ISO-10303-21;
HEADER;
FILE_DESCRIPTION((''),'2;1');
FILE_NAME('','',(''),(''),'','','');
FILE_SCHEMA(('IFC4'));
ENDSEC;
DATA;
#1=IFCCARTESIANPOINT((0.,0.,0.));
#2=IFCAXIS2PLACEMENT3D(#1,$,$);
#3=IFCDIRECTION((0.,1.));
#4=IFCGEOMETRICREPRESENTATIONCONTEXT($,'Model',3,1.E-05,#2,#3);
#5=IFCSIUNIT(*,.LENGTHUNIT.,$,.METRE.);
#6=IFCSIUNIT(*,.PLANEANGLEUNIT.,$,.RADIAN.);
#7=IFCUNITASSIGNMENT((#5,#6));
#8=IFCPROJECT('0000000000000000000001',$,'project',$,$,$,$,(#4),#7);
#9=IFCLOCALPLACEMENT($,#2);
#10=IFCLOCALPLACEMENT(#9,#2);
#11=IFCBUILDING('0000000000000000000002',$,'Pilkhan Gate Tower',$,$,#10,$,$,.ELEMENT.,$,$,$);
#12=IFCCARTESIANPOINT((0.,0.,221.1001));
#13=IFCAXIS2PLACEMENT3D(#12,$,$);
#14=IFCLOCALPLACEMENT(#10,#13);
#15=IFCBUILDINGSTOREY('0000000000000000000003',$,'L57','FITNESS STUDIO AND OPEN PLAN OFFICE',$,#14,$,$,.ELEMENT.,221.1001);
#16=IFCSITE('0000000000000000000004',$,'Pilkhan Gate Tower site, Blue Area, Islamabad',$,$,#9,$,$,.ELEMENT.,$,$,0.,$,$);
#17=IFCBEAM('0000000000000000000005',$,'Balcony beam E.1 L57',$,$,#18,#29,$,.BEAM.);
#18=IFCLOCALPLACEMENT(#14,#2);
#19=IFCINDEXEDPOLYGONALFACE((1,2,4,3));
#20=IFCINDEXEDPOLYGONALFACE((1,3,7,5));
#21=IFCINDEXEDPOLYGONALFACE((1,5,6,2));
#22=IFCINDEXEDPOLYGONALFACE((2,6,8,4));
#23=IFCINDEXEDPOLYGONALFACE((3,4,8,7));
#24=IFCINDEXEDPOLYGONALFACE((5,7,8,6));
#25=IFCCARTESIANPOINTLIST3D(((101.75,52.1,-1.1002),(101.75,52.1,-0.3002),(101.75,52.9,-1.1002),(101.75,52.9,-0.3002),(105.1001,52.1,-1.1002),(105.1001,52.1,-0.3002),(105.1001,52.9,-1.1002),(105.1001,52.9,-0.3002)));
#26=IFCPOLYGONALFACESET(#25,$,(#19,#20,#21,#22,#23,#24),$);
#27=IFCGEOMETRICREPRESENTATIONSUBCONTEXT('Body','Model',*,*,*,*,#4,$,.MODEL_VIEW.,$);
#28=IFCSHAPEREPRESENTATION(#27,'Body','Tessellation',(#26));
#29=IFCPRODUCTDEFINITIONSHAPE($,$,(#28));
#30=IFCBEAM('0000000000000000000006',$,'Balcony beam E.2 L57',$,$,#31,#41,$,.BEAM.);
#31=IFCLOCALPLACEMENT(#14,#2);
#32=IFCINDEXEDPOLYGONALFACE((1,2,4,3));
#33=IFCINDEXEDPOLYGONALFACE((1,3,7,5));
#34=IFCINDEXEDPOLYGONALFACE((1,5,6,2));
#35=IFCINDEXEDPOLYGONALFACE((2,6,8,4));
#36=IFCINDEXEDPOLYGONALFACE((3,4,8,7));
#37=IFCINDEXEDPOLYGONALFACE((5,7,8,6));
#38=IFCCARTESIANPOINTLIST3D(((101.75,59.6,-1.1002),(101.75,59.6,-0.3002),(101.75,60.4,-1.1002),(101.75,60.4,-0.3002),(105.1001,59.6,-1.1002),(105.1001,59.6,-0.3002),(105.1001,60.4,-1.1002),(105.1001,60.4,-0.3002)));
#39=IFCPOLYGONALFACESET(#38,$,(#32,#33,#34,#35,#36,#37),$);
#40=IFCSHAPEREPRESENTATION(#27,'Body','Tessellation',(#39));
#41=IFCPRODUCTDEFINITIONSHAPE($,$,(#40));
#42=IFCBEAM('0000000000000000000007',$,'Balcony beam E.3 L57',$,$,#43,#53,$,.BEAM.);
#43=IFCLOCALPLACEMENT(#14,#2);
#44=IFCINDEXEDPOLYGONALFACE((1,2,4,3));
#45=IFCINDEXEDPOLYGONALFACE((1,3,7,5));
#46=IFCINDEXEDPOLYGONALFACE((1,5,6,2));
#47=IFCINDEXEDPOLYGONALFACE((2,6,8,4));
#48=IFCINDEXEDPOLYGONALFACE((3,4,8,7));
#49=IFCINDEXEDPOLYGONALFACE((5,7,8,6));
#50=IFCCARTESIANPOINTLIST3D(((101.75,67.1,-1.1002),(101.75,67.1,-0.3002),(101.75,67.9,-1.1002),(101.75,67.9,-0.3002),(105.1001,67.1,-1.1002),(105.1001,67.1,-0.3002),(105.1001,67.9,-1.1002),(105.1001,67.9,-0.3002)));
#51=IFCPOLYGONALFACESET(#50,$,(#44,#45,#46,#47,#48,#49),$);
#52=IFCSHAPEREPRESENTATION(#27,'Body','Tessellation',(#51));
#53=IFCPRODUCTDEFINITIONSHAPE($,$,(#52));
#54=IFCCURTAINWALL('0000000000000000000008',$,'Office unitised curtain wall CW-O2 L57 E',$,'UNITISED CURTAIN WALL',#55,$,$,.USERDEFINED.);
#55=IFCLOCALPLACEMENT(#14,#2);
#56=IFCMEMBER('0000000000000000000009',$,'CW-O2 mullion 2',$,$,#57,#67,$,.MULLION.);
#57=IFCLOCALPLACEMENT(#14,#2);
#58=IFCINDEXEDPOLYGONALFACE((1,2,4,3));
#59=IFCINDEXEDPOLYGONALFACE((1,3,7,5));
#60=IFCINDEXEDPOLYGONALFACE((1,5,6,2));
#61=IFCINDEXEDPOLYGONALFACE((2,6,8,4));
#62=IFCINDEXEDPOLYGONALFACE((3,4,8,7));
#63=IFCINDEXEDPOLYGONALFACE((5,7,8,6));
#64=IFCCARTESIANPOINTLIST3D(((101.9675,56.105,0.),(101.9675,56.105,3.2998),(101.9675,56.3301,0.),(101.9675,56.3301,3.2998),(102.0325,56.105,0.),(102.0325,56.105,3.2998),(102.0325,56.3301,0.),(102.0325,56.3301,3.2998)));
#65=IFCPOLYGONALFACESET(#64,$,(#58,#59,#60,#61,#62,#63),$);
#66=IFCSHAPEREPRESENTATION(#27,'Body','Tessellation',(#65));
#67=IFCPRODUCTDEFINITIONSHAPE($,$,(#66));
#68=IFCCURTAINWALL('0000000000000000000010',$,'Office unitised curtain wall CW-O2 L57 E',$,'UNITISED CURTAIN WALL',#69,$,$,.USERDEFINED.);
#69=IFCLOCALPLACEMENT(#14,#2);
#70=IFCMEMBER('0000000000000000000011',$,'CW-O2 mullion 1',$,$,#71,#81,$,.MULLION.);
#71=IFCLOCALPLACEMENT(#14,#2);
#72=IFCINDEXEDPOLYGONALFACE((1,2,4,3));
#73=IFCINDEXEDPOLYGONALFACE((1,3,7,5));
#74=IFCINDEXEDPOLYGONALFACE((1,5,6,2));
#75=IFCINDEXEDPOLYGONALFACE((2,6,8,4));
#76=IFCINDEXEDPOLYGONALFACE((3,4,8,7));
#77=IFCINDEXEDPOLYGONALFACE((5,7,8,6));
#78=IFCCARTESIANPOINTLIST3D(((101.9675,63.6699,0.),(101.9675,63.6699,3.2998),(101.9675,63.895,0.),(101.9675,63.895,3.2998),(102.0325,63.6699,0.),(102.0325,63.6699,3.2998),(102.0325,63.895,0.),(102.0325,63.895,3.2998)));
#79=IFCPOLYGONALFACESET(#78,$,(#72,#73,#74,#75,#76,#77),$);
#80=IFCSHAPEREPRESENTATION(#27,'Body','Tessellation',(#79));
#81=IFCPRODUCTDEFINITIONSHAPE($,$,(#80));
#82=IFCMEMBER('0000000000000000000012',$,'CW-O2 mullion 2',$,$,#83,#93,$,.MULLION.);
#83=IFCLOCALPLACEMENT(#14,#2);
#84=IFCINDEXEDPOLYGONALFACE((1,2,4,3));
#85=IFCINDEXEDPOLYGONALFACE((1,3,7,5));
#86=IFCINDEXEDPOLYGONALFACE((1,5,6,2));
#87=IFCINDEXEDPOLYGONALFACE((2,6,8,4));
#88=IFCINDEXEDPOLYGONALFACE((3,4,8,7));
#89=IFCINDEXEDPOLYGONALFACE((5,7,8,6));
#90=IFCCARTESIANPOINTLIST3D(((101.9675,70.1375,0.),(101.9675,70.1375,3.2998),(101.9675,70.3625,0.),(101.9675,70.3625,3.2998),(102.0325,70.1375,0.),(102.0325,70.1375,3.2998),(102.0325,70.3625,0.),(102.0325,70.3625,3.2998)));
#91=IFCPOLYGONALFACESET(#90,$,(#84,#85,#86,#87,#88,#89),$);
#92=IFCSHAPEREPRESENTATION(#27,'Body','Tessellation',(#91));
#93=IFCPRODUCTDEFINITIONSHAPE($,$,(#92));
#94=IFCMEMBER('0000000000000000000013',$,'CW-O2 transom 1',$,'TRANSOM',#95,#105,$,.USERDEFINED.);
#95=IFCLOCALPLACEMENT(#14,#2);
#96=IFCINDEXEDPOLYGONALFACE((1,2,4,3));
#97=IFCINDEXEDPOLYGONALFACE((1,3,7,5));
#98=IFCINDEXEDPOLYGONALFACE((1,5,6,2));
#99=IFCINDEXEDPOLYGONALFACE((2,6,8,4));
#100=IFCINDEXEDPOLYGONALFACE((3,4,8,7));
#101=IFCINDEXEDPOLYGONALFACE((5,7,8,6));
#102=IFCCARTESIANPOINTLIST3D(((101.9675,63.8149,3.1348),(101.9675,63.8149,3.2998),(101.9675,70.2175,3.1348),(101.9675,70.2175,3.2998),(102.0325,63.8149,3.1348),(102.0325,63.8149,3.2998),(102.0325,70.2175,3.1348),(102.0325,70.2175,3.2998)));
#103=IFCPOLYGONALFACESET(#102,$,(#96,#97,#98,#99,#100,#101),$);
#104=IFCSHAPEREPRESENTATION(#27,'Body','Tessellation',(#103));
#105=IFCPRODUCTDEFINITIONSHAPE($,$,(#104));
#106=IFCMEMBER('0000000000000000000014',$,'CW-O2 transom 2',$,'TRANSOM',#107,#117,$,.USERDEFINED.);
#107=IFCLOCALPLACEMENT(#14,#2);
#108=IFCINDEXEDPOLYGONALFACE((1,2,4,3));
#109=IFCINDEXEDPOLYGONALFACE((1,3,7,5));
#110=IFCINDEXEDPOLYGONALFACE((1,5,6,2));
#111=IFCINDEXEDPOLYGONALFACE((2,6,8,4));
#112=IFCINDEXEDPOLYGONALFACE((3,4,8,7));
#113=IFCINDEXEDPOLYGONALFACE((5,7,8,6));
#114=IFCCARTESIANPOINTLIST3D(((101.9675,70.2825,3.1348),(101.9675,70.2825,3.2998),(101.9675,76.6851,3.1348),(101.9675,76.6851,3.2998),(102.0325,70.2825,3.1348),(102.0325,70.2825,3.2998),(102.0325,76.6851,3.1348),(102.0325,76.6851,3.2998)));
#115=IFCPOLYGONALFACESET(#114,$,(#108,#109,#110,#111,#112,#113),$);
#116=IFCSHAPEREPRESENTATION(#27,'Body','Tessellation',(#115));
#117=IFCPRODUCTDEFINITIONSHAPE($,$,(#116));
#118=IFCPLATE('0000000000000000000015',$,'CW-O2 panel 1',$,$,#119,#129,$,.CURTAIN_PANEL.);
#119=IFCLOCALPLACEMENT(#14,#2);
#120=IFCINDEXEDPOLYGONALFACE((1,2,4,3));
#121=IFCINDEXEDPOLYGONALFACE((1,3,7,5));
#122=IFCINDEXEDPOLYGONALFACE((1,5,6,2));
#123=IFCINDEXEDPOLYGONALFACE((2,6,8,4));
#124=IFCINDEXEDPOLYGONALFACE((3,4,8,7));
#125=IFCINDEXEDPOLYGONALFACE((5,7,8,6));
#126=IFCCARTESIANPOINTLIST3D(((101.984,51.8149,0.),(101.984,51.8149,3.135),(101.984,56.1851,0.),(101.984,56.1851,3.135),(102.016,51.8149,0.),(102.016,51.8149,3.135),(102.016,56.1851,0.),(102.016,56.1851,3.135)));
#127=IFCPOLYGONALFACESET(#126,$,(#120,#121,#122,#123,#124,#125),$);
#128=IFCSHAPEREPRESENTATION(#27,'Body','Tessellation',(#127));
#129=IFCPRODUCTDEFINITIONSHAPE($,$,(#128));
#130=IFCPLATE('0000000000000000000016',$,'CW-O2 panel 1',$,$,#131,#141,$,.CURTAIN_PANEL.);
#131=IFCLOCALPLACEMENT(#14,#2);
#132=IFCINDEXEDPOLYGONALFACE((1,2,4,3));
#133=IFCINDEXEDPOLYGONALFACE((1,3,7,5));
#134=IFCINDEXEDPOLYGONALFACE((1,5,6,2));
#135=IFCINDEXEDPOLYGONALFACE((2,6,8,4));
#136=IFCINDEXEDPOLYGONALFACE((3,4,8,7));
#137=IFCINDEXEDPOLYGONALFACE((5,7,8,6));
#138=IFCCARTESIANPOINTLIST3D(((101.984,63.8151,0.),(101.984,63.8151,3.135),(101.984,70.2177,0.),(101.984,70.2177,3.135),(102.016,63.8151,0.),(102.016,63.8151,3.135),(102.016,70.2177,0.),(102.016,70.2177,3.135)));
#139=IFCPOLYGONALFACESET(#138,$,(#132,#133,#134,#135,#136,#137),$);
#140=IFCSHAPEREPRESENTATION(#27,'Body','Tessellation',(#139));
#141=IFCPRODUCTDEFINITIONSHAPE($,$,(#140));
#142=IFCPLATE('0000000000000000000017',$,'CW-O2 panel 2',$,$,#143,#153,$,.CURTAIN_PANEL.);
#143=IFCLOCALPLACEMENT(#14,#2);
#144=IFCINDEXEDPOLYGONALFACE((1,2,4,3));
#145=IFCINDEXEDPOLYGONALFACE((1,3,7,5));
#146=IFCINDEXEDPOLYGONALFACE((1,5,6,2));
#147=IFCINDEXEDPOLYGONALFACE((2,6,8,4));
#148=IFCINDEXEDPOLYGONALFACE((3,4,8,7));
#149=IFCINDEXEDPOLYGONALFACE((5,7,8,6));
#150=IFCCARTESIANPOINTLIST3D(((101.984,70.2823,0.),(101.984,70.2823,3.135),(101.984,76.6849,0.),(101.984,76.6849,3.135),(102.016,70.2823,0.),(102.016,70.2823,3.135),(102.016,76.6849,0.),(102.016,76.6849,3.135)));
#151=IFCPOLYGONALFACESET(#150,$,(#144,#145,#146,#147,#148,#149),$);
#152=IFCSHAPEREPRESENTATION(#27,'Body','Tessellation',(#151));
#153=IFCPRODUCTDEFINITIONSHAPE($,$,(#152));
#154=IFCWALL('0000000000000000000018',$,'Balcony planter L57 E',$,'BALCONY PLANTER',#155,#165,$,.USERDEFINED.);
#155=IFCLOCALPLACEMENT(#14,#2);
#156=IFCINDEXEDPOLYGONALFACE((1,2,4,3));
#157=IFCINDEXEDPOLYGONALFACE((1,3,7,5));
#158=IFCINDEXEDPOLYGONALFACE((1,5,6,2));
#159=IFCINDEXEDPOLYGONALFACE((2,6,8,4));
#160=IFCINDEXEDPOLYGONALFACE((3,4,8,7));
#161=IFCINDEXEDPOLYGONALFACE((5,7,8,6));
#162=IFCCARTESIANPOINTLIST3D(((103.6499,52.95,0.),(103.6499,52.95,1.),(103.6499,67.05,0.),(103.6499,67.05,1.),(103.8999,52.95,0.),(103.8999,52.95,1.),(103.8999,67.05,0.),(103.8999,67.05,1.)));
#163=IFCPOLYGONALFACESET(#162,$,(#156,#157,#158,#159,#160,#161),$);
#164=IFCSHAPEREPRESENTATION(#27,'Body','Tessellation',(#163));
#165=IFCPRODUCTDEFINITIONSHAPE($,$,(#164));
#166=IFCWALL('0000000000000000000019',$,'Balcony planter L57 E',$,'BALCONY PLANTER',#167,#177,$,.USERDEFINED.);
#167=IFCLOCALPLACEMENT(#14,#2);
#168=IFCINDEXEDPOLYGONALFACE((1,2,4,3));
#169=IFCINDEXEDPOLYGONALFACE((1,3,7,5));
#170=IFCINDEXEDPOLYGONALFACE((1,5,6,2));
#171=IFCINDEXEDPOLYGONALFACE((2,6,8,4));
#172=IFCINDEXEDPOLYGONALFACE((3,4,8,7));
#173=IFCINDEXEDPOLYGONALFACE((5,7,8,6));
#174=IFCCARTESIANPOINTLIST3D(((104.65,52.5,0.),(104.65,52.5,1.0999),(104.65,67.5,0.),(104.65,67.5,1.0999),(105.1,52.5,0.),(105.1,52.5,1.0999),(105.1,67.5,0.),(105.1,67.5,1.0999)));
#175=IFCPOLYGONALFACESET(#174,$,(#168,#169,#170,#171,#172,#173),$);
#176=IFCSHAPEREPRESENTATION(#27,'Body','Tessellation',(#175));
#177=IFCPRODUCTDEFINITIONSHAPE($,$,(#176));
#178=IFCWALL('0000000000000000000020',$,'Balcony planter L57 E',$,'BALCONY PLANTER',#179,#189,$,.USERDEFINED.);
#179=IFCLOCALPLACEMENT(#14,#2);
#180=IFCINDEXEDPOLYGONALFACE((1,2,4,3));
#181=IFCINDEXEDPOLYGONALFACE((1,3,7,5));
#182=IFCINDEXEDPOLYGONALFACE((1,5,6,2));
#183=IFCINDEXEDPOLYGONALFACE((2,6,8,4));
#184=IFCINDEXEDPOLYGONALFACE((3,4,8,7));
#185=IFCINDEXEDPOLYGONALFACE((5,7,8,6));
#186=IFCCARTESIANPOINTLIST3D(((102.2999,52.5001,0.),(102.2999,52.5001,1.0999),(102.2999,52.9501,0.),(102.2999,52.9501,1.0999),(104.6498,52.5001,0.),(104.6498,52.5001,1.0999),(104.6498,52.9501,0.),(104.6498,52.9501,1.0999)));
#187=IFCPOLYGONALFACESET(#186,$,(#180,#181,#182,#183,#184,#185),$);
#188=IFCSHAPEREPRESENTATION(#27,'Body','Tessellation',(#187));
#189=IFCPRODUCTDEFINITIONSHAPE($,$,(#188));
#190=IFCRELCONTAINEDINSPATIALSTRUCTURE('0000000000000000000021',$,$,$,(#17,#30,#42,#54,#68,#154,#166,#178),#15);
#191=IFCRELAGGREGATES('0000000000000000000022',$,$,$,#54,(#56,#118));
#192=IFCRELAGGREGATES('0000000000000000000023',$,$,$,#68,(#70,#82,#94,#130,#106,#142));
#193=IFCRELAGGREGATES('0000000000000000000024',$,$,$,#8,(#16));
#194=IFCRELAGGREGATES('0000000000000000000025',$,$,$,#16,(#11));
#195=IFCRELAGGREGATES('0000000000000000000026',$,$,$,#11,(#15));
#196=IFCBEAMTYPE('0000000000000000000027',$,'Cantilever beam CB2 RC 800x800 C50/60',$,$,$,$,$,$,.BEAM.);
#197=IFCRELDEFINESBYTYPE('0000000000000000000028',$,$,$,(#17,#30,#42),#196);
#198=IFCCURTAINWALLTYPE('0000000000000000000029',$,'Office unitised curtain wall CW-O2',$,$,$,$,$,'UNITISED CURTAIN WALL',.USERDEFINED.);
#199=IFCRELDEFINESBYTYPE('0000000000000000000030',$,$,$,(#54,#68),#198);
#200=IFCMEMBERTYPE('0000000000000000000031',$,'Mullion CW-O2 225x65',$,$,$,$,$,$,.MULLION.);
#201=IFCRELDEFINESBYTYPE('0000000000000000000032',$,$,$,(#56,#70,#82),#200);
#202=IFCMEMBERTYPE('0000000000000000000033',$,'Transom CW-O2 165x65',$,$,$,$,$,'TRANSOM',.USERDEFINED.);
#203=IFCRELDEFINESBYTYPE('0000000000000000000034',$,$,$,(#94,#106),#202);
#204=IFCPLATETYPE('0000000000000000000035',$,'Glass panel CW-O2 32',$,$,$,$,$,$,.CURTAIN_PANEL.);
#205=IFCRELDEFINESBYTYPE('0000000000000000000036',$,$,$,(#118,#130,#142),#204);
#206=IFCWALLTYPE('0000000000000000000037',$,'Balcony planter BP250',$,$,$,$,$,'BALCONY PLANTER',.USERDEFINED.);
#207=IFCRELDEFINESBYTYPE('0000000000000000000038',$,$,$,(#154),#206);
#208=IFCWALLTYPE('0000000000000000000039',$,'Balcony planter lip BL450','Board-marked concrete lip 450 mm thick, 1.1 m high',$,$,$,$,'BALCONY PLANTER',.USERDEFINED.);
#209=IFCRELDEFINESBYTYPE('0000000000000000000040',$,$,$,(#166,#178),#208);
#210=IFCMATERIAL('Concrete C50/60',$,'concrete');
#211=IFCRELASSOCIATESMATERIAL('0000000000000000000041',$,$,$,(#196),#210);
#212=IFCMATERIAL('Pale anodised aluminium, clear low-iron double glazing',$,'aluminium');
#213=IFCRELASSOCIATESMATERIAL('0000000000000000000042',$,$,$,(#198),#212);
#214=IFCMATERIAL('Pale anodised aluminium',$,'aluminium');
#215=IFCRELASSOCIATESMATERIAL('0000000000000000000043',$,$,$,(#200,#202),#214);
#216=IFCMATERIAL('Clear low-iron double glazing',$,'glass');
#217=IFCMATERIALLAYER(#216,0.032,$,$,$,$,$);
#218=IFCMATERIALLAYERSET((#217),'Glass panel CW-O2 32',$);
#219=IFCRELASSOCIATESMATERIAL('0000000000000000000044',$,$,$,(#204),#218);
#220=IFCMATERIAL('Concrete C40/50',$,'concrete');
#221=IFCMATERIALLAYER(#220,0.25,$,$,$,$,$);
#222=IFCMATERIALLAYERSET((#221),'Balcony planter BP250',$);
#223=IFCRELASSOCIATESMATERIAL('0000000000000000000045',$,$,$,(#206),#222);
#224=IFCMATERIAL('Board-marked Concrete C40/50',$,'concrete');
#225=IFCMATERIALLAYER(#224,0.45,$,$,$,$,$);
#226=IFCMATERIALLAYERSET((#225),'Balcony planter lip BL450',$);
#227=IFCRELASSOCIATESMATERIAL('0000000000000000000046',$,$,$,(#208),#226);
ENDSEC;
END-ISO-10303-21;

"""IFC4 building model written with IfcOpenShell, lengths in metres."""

from ifc_helpers import new_model, si_unit, direction, frame, frame_2d, origin, origin_2d, place, context, subcontext, project, spatial, rectangle, extrude, material, layer, layer_set, material_profile, profile_set, type_object, element, aggregate, save


model = new_model("IFC4")

# Units and contexts
model_context = context("Model", 3, precision=1e-05, world=origin(), true_north=direction((0.0, 1.0)))
body_context = subcontext(model_context, "Body", "Model", "MODEL_VIEW")
ifc_project = project(units=[si_unit("LENGTHUNIT", "METRE"), si_unit("PLANEANGLEUNIT", "RADIAN")], contexts=[model_context])

# Site, building, storey
site_placement = place(None, origin())
site = spatial("IfcSite", under=ifc_project, at=site_placement, Name="Pilkhan Gate Tower site, Blue Area, Islamabad", CompositionType="ELEMENT", RefElevation=0.0)
building_placement = place(site_placement, origin())
building = spatial("IfcBuilding", under=site, at=building_placement, Name="Pilkhan Gate Tower", CompositionType="ELEMENT")
storey_placement = place(building_placement, frame((0.0, 0.0, 221.1001)))
storey = spatial("IfcBuildingStorey", under=building, at=storey_placement, Name="L57", Description="FITNESS STUDIO AND OPEN PLAN OFFICE", CompositionType="ELEMENT", Elevation=221.1001)

# Beams
ifc_material_1 = material(Name="Concrete C50/60", Category="concrete")
ifc_material_profile_1 = material_profile(ifc_material_1, rectangle(XDim=0.8, YDim=0.8, at=origin_2d()), Name="RC 800x800")
ifc_profile_set_1 = profile_set([ifc_material_profile_1], Name="Concrete C50/60")
beam_type = type_object("IfcBeamType", Name="Cantilever beam CB2 RC 800x800 C50/60", PredefinedType="BEAM", material=ifc_profile_set_1)
for number, where, z_axis, x_axis, name in (
    (1, (101.75, 52.5, -0.7002), (1.0, 0.0, 0.0), (0.0, 1.0, 0.0), "Balcony beam E.1 L57"),
    (2, (101.75, 60.0, -0.7002), (1.0, 0.0, 0.0), (0.0, 1.0, 0.0), "Balcony beam E.2 L57"),
    (3, (101.75, 67.5, -0.7002), (1.0, 0.0, 0.0), (0.0, 1.0, 0.0), "Balcony beam E.3 L57"),
):
    element("IfcBeam", number, at=place(storey_placement, frame(where, z_axis=z_axis, x_axis=x_axis)), inside=storey, type_object=beam_type, Name=name, PredefinedType="BEAM", context=body_context, shape_type="SweptSolid", body=[
        extrude(rectangle(XDim=0.8, YDim=0.8, at=origin_2d()), origin(), (0.0, 0.0, 1.0), 3.3501),
    ])

# Curtain wall, member
ifc_material_2 = material(Name="Pale anodised aluminium, clear low-iron double glazing", Category="aluminium")
curtain_wall_type = type_object("IfcCurtainWallType", Name="Office unitised curtain wall CW-O2", ElementType="UNITISED CURTAIN WALL", PredefinedType="USERDEFINED", material=ifc_material_2)
curtain_wall_1_placement = place(storey_placement, origin())
curtain_wall_1 = element("IfcCurtainWall", 4, at=curtain_wall_1_placement, inside=storey, type_object=curtain_wall_type, Name="Office unitised curtain wall CW-O2 L57 E", ObjectType="UNITISED CURTAIN WALL", PredefinedType="USERDEFINED")
ifc_material_3 = material(Name="Pale anodised aluminium", Category="aluminium")
ifc_material_profile_2 = material_profile(ifc_material_3, rectangle(XDim=0.0649, YDim=0.2251, at=origin_2d()), Name="Mullion 225x65")
ifc_profile_set_2 = profile_set([ifc_material_profile_2], Name="Pale anodised aluminium")
member_type_1 = type_object("IfcMemberType", Name="Mullion CW-O2 225x65", PredefinedType="MULLION", material=ifc_profile_set_2)
member_1_placement = place(storey_placement, frame((102.0, 56.2175, 0.0), z_axis=(0.0, 0.0, 1.0), x_axis=(-1.0, 0.0, 0.0)))
member_1 = element("IfcMember", 5, at=member_1_placement, type_object=member_type_1, Name="CW-O2 mullion 2", PredefinedType="MULLION", context=body_context, shape_type="SweptSolid", body=[
    extrude(rectangle(XDim=0.0649, YDim=0.2251, at=origin_2d()), origin(), (0.0, 0.0, 1.0), 3.2998),
])

# Curtain wall, members
curtain_wall_2_placement = place(storey_placement, origin())
curtain_wall_2 = element("IfcCurtainWall", 6, at=curtain_wall_2_placement, inside=storey, type_object=curtain_wall_type, Name="Office unitised curtain wall CW-O2 L57 E", ObjectType="UNITISED CURTAIN WALL", PredefinedType="USERDEFINED")
member_2_placement = place(storey_placement, frame((102.0, 63.7825, 0.0), z_axis=(0.0, 0.0, 1.0), x_axis=(-1.0, 0.0, 0.0)))
member_2 = element("IfcMember", 7, at=member_2_placement, type_object=member_type_1, Name="CW-O2 mullion 1", PredefinedType="MULLION", context=body_context, shape_type="SweptSolid", body=[
    extrude(rectangle(XDim=0.0649, YDim=0.2251, at=origin_2d()), origin(), (0.0, 0.0, 1.0), 3.2998),
])
member_3_placement = place(storey_placement, frame((102.0, 70.25, 0.0), z_axis=(0.0, 0.0, 1.0), x_axis=(-1.0, 0.0, 0.0)))
member_3 = element("IfcMember", 8, at=member_3_placement, type_object=member_type_1, Name="CW-O2 mullion 2", PredefinedType="MULLION", context=body_context, shape_type="SweptSolid", body=[
    extrude(rectangle(XDim=0.0649, YDim=0.2251, at=origin_2d()), origin(), (0.0, 0.0, 1.0), 3.2998),
])
ifc_material_profile_3 = material_profile(ifc_material_3, rectangle(XDim=0.0649, YDim=0.165, at=origin_2d()), Name="Transom 165x65")
ifc_profile_set_3 = profile_set([ifc_material_profile_3], Name="Pale anodised aluminium")
member_type_2 = type_object("IfcMemberType", Name="Transom CW-O2 165x65", ElementType="TRANSOM", PredefinedType="USERDEFINED", material=ifc_profile_set_3)
member_4_placement = place(storey_placement, frame((102.0, 63.8149, 3.2173), z_axis=(0.0, 1.0, 0.0), x_axis=(-1.0, 0.0, 0.0)))
member_4 = element("IfcMember", 9, at=member_4_placement, type_object=member_type_2, Name="CW-O2 transom 1", ObjectType="TRANSOM", PredefinedType="USERDEFINED", context=body_context, shape_type="SweptSolid", body=[
    extrude(rectangle(XDim=0.0649, YDim=0.165, at=origin_2d()), origin(), (0.0, 0.0, 1.0), 6.4026),
])
member_5_placement = place(storey_placement, frame((102.0, 70.2825, 3.2173), z_axis=(0.0, 1.0, 0.0), x_axis=(-1.0, 0.0, 0.0)))
member_5 = element("IfcMember", 10, at=member_5_placement, type_object=member_type_2, Name="CW-O2 transom 2", ObjectType="TRANSOM", PredefinedType="USERDEFINED", context=body_context, shape_type="SweptSolid", body=[
    extrude(rectangle(XDim=0.0649, YDim=0.165, at=origin_2d()), origin(), (0.0, 0.0, 1.0), 6.4026),
])

# Plates
ifc_material_4 = material(Name="Clear low-iron double glazing", Category="glass")
ifc_layer_1 = layer(ifc_material_4, 0.032)
ifc_layer_set_1 = layer_set([ifc_layer_1], Name="Glass panel CW-O2 32")
plate_type = type_object("IfcPlateType", Name="Glass panel CW-O2 32", PredefinedType="CURTAIN_PANEL", material=ifc_layer_set_1)
plate_1_placement = place(storey_placement, frame((102.0, 54.0, 0.0), z_axis=(0.0, 0.0, 1.0), x_axis=(0.0, 1.0, 0.0)))
plate_1 = element("IfcPlate", 11, at=plate_1_placement, type_object=plate_type, Name="CW-O2 panel 1", PredefinedType="CURTAIN_PANEL", context=body_context, shape_type="SweptSolid", body=[
    extrude(rectangle(XDim=4.3701, YDim=0.032, at=origin_2d()), origin(), (0.0, 0.0, 1.0), 3.135),
])
aggregate(curtain_wall_1, [member_1, plate_1])
plate_2_placement = place(storey_placement, frame((102.0, 67.0164, 0.0), z_axis=(0.0, 0.0, 1.0), x_axis=(0.0, 1.0, 0.0)))
plate_2 = element("IfcPlate", 12, at=plate_2_placement, type_object=plate_type, Name="CW-O2 panel 1", PredefinedType="CURTAIN_PANEL", context=body_context, shape_type="SweptSolid", body=[
    extrude(rectangle(XDim=6.4026, YDim=0.032, at=origin_2d()), origin(), (0.0, 0.0, 1.0), 3.135),
])
plate_3_placement = place(storey_placement, frame((102.0, 73.4836, 0.0), z_axis=(0.0, 0.0, 1.0), x_axis=(0.0, 1.0, 0.0)))
plate_3 = element("IfcPlate", 13, at=plate_3_placement, type_object=plate_type, Name="CW-O2 panel 2", PredefinedType="CURTAIN_PANEL", context=body_context, shape_type="SweptSolid", body=[
    extrude(rectangle(XDim=6.4026, YDim=0.032, at=origin_2d()), origin(), (0.0, 0.0, 1.0), 3.135),
])
aggregate(curtain_wall_2, [member_2, member_3, member_4, plate_2, member_5, plate_3])

# Walls
ifc_material_5 = material(Name="Concrete C40/50", Category="concrete")
ifc_layer_2 = layer(ifc_material_5, 0.25)
ifc_layer_set_2 = layer_set([ifc_layer_2], Name="Balcony planter BP250")
wall_type_1 = type_object("IfcWallType", Name="Balcony planter BP250", ElementType="BALCONY PLANTER", PredefinedType="USERDEFINED", material=ifc_layer_set_2)
wall_1_placement = place(storey_placement, frame((103.7749, 52.95, 0.0), z_axis=(0.0, 0.0, 1.0), x_axis=(0.0, 1.0, 0.0)))
element("IfcWall", 14, at=wall_1_placement, inside=storey, type_object=wall_type_1, Name="Balcony planter L57 E", ObjectType="BALCONY PLANTER", PredefinedType="USERDEFINED", context=body_context, shape_type="SweptSolid", body=[
    extrude(rectangle(XDim=14.1001, YDim=0.25, at=frame_2d((7.05, 0.0))), origin(), (0.0, 0.0, 1.0), 1.0),
])
ifc_material_6 = material(Name="Board-marked Concrete C40/50", Category="concrete")
ifc_layer_3 = layer(ifc_material_6, 0.45)
ifc_layer_set_3 = layer_set([ifc_layer_3], Name="Balcony planter lip BL450")
wall_type_2 = type_object("IfcWallType", Name="Balcony planter lip BL450", Description="Board-marked concrete lip 450 mm thick, 1.1 m high", ElementType="BALCONY PLANTER", PredefinedType="USERDEFINED", material=ifc_layer_set_3)
wall_2_placement = place(storey_placement, frame((104.875, 52.5, 0.0), z_axis=(0.0, 0.0, 1.0), x_axis=(0.0, 1.0, 0.0)))
element("IfcWall", 15, at=wall_2_placement, inside=storey, type_object=wall_type_2, Name="Balcony planter L57 E", ObjectType="BALCONY PLANTER", PredefinedType="USERDEFINED", context=body_context, shape_type="SweptSolid", body=[
    extrude(rectangle(XDim=15.0, YDim=0.45, at=frame_2d((7.5, 0.0))), origin(), (0.0, 0.0, 1.0), 1.0999),
])
for number, where, z_axis, x_axis, name in (
    (16, (102.3, 52.7251, 0.0), (0.0, 0.0, 1.0), (1.0, 0.0, 0.0), "Balcony planter L57 E"),
):
    element("IfcWall", number, at=place(storey_placement, frame(where, z_axis=z_axis, x_axis=x_axis)), inside=storey, type_object=wall_type_2, Name=name, ObjectType="BALCONY PLANTER", PredefinedType="USERDEFINED", context=body_context, shape_type="SweptSolid", body=[
        extrude(rectangle(XDim=2.3499, YDim=0.45, at=frame_2d((1.1748, 0.0))), origin(), (0.0, 0.0, 1.0), 1.0999),
    ])

save(model, "model.ifc")
